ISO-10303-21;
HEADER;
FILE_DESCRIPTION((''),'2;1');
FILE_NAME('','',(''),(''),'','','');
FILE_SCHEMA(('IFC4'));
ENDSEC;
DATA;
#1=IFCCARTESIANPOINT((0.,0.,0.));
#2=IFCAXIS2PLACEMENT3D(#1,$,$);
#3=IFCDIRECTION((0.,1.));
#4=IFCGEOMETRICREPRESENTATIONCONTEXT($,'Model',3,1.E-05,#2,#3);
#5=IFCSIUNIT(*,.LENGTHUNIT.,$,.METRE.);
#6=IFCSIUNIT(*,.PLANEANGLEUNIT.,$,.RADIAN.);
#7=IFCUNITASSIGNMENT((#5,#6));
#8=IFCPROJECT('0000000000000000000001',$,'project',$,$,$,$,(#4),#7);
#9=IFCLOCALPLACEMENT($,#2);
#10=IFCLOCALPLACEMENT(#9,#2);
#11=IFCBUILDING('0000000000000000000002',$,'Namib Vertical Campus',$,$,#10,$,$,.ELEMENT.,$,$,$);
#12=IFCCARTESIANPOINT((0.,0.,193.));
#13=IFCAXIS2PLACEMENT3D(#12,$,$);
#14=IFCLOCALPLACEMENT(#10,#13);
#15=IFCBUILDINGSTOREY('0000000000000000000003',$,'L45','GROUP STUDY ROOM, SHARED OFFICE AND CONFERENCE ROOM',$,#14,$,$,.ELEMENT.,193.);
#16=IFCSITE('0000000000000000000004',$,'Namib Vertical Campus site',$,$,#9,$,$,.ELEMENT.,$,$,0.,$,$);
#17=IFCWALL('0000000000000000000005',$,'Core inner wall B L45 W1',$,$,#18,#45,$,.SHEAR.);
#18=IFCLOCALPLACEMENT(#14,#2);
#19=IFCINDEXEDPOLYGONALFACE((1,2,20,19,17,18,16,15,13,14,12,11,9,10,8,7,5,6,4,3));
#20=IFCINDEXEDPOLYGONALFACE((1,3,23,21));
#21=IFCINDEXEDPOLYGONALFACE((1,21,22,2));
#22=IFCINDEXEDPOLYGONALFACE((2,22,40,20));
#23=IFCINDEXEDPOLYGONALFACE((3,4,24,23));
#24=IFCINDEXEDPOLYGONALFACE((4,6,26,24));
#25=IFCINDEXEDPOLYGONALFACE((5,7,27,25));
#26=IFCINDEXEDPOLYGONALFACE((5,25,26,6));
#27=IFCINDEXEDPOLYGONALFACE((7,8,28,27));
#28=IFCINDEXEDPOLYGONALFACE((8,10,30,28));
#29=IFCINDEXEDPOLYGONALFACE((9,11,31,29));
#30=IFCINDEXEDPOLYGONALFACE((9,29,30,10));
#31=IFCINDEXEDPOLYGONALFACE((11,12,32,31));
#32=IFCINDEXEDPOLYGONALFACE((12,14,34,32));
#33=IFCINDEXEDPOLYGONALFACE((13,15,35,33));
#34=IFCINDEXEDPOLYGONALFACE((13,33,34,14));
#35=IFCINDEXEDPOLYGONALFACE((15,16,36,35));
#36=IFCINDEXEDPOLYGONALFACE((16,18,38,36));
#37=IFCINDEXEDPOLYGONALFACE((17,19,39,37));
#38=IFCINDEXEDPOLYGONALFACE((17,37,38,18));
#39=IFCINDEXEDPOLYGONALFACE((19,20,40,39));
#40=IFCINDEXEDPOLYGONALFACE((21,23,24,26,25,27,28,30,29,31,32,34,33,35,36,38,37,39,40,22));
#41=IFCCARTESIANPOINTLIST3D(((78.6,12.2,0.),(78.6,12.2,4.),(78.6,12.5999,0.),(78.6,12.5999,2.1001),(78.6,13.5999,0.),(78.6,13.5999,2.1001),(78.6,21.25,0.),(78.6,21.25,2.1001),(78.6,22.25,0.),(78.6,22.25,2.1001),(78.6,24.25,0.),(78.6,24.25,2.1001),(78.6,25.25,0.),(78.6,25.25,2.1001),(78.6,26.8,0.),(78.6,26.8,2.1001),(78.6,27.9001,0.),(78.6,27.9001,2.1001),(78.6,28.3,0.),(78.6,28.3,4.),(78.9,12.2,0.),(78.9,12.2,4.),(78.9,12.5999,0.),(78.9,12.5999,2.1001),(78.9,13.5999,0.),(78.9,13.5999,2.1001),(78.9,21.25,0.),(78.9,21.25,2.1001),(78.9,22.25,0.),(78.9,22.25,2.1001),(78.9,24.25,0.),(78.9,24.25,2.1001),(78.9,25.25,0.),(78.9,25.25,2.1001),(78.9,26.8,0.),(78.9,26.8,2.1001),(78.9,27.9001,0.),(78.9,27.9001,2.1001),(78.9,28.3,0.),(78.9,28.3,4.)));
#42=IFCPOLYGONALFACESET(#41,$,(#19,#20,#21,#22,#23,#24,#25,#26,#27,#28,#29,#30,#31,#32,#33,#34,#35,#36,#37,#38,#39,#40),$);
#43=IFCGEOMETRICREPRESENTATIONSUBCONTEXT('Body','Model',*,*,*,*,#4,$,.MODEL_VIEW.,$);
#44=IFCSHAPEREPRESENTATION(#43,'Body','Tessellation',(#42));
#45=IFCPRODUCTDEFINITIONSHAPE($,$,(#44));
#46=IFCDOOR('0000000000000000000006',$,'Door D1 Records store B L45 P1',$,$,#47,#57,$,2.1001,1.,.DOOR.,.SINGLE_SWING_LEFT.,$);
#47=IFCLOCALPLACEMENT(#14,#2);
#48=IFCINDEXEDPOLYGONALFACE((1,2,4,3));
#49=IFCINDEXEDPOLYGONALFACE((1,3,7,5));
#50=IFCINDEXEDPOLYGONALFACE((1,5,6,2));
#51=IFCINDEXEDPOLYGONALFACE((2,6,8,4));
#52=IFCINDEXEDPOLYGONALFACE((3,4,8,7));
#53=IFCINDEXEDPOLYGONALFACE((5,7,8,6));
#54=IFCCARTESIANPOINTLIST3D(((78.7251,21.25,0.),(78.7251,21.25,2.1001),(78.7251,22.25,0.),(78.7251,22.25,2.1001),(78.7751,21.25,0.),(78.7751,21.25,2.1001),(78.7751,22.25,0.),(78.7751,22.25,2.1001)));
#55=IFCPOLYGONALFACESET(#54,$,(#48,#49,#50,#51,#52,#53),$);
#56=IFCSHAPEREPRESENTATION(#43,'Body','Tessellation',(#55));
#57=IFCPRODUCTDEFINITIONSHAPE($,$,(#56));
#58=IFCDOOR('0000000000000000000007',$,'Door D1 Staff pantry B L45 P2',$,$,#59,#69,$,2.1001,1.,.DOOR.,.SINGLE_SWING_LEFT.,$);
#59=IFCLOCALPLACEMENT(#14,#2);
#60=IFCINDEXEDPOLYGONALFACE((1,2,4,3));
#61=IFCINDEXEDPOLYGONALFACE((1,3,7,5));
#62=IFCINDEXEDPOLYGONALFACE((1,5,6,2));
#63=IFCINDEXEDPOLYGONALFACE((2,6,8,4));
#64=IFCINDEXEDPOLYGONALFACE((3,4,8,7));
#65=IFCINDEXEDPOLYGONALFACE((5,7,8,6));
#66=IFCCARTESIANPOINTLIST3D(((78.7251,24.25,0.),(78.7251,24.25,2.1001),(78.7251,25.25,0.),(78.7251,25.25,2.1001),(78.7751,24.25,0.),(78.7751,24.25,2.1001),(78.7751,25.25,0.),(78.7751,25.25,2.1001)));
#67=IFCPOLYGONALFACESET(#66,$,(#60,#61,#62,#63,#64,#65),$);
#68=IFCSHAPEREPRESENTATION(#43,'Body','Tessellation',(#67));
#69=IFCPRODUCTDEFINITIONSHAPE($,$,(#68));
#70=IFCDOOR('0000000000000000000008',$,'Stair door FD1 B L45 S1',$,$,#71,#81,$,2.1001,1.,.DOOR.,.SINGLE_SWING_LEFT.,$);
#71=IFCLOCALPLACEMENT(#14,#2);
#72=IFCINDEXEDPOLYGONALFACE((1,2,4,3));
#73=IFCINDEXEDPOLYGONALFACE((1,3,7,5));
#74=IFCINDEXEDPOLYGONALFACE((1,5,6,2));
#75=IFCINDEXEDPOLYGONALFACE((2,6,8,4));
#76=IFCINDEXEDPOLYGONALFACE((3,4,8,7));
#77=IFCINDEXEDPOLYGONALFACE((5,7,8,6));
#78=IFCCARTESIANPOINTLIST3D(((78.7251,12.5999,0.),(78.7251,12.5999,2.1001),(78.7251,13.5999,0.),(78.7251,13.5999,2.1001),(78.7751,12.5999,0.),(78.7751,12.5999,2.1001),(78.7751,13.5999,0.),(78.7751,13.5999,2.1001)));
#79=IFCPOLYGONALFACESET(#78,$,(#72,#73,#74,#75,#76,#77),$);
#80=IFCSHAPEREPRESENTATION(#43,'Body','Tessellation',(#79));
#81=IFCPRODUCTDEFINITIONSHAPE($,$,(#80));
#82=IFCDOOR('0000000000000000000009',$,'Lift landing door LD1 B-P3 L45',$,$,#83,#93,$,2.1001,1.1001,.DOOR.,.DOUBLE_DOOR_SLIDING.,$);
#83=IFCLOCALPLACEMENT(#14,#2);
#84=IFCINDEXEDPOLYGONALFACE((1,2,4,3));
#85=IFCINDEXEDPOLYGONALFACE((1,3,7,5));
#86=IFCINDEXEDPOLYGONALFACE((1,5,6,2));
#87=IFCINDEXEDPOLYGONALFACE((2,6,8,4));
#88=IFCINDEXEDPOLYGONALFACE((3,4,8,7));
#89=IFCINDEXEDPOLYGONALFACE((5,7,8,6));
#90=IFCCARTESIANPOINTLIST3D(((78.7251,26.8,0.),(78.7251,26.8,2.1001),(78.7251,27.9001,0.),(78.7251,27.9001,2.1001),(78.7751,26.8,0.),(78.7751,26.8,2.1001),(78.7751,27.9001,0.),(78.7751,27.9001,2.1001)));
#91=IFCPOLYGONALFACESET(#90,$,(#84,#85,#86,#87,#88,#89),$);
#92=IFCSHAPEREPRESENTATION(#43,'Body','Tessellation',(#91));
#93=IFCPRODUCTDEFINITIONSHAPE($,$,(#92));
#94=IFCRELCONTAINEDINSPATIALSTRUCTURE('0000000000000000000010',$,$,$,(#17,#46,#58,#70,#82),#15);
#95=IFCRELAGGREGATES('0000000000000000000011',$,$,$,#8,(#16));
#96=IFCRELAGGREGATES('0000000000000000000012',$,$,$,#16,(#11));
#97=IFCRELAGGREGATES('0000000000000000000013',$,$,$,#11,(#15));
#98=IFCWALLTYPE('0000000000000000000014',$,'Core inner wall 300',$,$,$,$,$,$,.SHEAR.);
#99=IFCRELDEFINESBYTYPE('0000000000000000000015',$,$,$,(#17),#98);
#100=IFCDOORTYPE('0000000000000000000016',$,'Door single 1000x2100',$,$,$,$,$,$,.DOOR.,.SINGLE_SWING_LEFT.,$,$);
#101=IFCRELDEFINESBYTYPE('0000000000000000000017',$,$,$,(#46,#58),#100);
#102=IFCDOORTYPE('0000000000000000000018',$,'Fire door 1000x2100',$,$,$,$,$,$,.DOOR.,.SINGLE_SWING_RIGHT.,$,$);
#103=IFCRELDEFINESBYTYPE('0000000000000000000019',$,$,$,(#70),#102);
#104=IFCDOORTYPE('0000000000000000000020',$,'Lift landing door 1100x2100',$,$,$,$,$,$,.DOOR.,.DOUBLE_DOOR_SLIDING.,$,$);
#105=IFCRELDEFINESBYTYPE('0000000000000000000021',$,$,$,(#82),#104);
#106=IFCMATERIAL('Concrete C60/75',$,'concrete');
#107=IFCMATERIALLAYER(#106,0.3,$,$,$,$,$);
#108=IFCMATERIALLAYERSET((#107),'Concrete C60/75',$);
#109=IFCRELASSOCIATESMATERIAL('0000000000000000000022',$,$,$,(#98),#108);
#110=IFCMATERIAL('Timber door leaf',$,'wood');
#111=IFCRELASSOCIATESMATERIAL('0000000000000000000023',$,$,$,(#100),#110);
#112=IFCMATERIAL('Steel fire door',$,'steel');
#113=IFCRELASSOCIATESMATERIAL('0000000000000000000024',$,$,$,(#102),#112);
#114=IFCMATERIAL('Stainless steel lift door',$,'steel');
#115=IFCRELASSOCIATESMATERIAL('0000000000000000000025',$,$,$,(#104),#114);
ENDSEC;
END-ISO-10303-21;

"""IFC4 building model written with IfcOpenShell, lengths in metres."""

from ifc_helpers import new_model, si_unit, direction, frame, frame_2d, origin, place, context, subcontext, project, spatial, rectangle, extrude, material, layer, layer_set, type_object, element, fill, save


model = new_model("IFC4")

# Units and contexts
model_context = context("Model", 3, precision=1e-05, world=origin(), true_north=direction((0.0, 1.0)))
body_context = subcontext(model_context, "Body", "Model", "MODEL_VIEW")
ifc_project = project(units=[si_unit("LENGTHUNIT", "METRE"), si_unit("PLANEANGLEUNIT", "RADIAN")], contexts=[model_context])

# Site, building, storey
site_placement = place(None, origin())
site = spatial("IfcSite", under=ifc_project, at=site_placement, Name="Namib Vertical Campus site", CompositionType="ELEMENT", RefElevation=0.0)
building_placement = place(site_placement, origin())
building = spatial("IfcBuilding", under=site, at=building_placement, Name="Namib Vertical Campus", CompositionType="ELEMENT")
storey_placement = place(building_placement, frame((0.0, 0.0, 193.0)))
storey = spatial("IfcBuildingStorey", under=building, at=storey_placement, Name="L45", Description="GROUP STUDY ROOM, SHARED OFFICE AND CONFERENCE ROOM", CompositionType="ELEMENT", Elevation=193.0)

# Wall, openings, doors
ifc_material_1 = material(Name="Concrete C60/75", Category="concrete")
ifc_layer_1 = layer(ifc_material_1, 0.3)
ifc_layer_set_1 = layer_set([ifc_layer_1], Name="Concrete C60/75")
wall_type_1 = type_object("IfcWallType", Name="Core inner wall 300", PredefinedType="SHEAR", material=ifc_layer_set_1)
wall_1_placement = place(storey_placement, frame((78.75, 12.2, 0.0), z_axis=(0.0, 0.0, 1.0), x_axis=(0.0, 1.0, 0.0)))
wall_1 = element("IfcWall", 1, at=wall_1_placement, inside=storey, type_object=wall_type_1, Name="Core inner wall B L45 W1", PredefinedType="SHEAR", context=body_context, shape_type="SweptSolid", body=[
    extrude(rectangle(XDim=16.1001, YDim=0.3, at=frame_2d((8.05, 0.0))), origin(), (0.0, 0.0, 1.0), 4.0),
])
opening_1_placement = place(wall_1_placement, frame((0.3999, 0.0, 0.0)))
opening_1 = element("IfcOpeningElement", 2, at=opening_1_placement, cuts=wall_1, PredefinedType="OPENING", context=body_context, shape_type="SweptSolid", body=[
    extrude(rectangle(XDim=1.0, YDim=2.1001, at=frame_2d((0.5, 1.05))), frame((0.0, 0.1599, 0.0), z_axis=(0.0, -1.0, 0.0), x_axis=(1.0, 0.0, 0.0)), (0.0, 0.0, 1.0), 0.3201),
])
opening_2_placement = place(wall_1_placement, frame((14.6001, 0.0, 0.0)))
opening_2 = element("IfcOpeningElement", 3, at=opening_2_placement, cuts=wall_1, PredefinedType="OPENING", context=body_context, shape_type="SweptSolid", body=[
    extrude(rectangle(XDim=1.1001, YDim=2.1001, at=frame_2d((0.55, 1.05))), frame((0.0, 0.1599, 0.0), z_axis=(0.0, -1.0, 0.0), x_axis=(1.0, 0.0, 0.0)), (0.0, 0.0, 1.0), 0.3201),
])
opening_3_placement = place(wall_1_placement, frame((9.05, 0.0, 0.0)))
opening_3 = element("IfcOpeningElement", 4, at=opening_3_placement, cuts=wall_1, PredefinedType="OPENING", context=body_context, shape_type="SweptSolid", body=[
    extrude(rectangle(XDim=1.0, YDim=2.1001, at=frame_2d((0.5, 1.05))), frame((0.0, 0.1599, 0.0), z_axis=(0.0, -1.0, 0.0), x_axis=(1.0, 0.0, 0.0)), (0.0, 0.0, 1.0), 0.3201),
])
opening_4_placement = place(wall_1_placement, frame((12.05, 0.0, 0.0)))
opening_4 = element("IfcOpeningElement", 5, at=opening_4_placement, cuts=wall_1, PredefinedType="OPENING", context=body_context, shape_type="SweptSolid", body=[
    extrude(rectangle(XDim=1.0, YDim=2.1001, at=frame_2d((0.5, 1.05))), frame((0.0, 0.1599, 0.0), z_axis=(0.0, -1.0, 0.0), x_axis=(1.0, 0.0, 0.0)), (0.0, 0.0, 1.0), 0.3201),
])
ifc_material_2 = material(Name="Timber door leaf", Category="wood")
door_type_1 = type_object("IfcDoorType", Name="Door single 1000x2100", OperationType="SINGLE_SWING_LEFT", PredefinedType="DOOR", material=ifc_material_2)
door_1_placement = place(opening_3_placement, origin())
door_1 = element("IfcDoor", 6, at=door_1_placement, inside=storey, type_object=door_type_1, Name="Door D1 Records store B L45 P1", OperationType="SINGLE_SWING_LEFT", OverallHeight=2.1001, OverallWidth=1.0, PredefinedType="DOOR", context=body_context, shape_type="SweptSolid", body=[
    extrude(rectangle(XDim=1.0, YDim=2.1001, at=frame_2d((0.5, 1.05))), frame((0.0, 0.0249, 0.0), z_axis=(0.0, -1.0, 0.0), x_axis=(1.0, 0.0, 0.0)), (0.0, 0.0, 1.0), 0.05),
])
fill(opening_3, door_1)
door_2_placement = place(opening_4_placement, origin())
door_2 = element("IfcDoor", 7, at=door_2_placement, inside=storey, type_object=door_type_1, Name="Door D1 Staff pantry B L45 P2", OperationType="SINGLE_SWING_LEFT", OverallHeight=2.1001, OverallWidth=1.0, PredefinedType="DOOR", context=body_context, shape_type="SweptSolid", body=[
    extrude(rectangle(XDim=1.0, YDim=2.1001, at=frame_2d((0.5, 1.05))), frame((0.0, 0.0249, 0.0), z_axis=(0.0, -1.0, 0.0), x_axis=(1.0, 0.0, 0.0)), (0.0, 0.0, 1.0), 0.05),
])
fill(opening_4, door_2)
ifc_material_3 = material(Name="Steel fire door", Category="steel")
door_type_2 = type_object("IfcDoorType", Name="Fire door 1000x2100", OperationType="SINGLE_SWING_RIGHT", PredefinedType="DOOR", material=ifc_material_3)
door_3_placement = place(opening_1_placement, origin())
door_3 = element("IfcDoor", 8, at=door_3_placement, inside=storey, type_object=door_type_2, Name="Stair door FD1 B L45 S1", OperationType="SINGLE_SWING_LEFT", OverallHeight=2.1001, OverallWidth=1.0, PredefinedType="DOOR", context=body_context, shape_type="SweptSolid", body=[
    extrude(rectangle(XDim=1.0, YDim=2.1001, at=frame_2d((0.5, 1.05))), frame((0.0, 0.0249, 0.0), z_axis=(0.0, -1.0, 0.0), x_axis=(1.0, 0.0, 0.0)), (0.0, 0.0, 1.0), 0.05),
])
fill(opening_1, door_3)
ifc_material_4 = material(Name="Stainless steel lift door", Category="steel")
door_type_3 = type_object("IfcDoorType", Name="Lift landing door 1100x2100", OperationType="DOUBLE_DOOR_SLIDING", PredefinedType="DOOR", material=ifc_material_4)
door_4_placement = place(opening_2_placement, origin())
door_4 = element("IfcDoor", 9, at=door_4_placement, inside=storey, type_object=door_type_3, Name="Lift landing door LD1 B-P3 L45", OperationType="DOUBLE_DOOR_SLIDING", OverallHeight=2.1001, OverallWidth=1.1001, PredefinedType="DOOR", context=body_context, shape_type="SweptSolid", body=[
    extrude(rectangle(XDim=1.1001, YDim=2.1001, at=frame_2d((0.55, 1.05))), frame((0.0, 0.0249, 0.0), z_axis=(0.0, -1.0, 0.0), x_axis=(1.0, 0.0, 0.0)), (0.0, 0.0, 1.0), 0.05),
])
fill(opening_2, door_4)

save(model, "model.ifc")
